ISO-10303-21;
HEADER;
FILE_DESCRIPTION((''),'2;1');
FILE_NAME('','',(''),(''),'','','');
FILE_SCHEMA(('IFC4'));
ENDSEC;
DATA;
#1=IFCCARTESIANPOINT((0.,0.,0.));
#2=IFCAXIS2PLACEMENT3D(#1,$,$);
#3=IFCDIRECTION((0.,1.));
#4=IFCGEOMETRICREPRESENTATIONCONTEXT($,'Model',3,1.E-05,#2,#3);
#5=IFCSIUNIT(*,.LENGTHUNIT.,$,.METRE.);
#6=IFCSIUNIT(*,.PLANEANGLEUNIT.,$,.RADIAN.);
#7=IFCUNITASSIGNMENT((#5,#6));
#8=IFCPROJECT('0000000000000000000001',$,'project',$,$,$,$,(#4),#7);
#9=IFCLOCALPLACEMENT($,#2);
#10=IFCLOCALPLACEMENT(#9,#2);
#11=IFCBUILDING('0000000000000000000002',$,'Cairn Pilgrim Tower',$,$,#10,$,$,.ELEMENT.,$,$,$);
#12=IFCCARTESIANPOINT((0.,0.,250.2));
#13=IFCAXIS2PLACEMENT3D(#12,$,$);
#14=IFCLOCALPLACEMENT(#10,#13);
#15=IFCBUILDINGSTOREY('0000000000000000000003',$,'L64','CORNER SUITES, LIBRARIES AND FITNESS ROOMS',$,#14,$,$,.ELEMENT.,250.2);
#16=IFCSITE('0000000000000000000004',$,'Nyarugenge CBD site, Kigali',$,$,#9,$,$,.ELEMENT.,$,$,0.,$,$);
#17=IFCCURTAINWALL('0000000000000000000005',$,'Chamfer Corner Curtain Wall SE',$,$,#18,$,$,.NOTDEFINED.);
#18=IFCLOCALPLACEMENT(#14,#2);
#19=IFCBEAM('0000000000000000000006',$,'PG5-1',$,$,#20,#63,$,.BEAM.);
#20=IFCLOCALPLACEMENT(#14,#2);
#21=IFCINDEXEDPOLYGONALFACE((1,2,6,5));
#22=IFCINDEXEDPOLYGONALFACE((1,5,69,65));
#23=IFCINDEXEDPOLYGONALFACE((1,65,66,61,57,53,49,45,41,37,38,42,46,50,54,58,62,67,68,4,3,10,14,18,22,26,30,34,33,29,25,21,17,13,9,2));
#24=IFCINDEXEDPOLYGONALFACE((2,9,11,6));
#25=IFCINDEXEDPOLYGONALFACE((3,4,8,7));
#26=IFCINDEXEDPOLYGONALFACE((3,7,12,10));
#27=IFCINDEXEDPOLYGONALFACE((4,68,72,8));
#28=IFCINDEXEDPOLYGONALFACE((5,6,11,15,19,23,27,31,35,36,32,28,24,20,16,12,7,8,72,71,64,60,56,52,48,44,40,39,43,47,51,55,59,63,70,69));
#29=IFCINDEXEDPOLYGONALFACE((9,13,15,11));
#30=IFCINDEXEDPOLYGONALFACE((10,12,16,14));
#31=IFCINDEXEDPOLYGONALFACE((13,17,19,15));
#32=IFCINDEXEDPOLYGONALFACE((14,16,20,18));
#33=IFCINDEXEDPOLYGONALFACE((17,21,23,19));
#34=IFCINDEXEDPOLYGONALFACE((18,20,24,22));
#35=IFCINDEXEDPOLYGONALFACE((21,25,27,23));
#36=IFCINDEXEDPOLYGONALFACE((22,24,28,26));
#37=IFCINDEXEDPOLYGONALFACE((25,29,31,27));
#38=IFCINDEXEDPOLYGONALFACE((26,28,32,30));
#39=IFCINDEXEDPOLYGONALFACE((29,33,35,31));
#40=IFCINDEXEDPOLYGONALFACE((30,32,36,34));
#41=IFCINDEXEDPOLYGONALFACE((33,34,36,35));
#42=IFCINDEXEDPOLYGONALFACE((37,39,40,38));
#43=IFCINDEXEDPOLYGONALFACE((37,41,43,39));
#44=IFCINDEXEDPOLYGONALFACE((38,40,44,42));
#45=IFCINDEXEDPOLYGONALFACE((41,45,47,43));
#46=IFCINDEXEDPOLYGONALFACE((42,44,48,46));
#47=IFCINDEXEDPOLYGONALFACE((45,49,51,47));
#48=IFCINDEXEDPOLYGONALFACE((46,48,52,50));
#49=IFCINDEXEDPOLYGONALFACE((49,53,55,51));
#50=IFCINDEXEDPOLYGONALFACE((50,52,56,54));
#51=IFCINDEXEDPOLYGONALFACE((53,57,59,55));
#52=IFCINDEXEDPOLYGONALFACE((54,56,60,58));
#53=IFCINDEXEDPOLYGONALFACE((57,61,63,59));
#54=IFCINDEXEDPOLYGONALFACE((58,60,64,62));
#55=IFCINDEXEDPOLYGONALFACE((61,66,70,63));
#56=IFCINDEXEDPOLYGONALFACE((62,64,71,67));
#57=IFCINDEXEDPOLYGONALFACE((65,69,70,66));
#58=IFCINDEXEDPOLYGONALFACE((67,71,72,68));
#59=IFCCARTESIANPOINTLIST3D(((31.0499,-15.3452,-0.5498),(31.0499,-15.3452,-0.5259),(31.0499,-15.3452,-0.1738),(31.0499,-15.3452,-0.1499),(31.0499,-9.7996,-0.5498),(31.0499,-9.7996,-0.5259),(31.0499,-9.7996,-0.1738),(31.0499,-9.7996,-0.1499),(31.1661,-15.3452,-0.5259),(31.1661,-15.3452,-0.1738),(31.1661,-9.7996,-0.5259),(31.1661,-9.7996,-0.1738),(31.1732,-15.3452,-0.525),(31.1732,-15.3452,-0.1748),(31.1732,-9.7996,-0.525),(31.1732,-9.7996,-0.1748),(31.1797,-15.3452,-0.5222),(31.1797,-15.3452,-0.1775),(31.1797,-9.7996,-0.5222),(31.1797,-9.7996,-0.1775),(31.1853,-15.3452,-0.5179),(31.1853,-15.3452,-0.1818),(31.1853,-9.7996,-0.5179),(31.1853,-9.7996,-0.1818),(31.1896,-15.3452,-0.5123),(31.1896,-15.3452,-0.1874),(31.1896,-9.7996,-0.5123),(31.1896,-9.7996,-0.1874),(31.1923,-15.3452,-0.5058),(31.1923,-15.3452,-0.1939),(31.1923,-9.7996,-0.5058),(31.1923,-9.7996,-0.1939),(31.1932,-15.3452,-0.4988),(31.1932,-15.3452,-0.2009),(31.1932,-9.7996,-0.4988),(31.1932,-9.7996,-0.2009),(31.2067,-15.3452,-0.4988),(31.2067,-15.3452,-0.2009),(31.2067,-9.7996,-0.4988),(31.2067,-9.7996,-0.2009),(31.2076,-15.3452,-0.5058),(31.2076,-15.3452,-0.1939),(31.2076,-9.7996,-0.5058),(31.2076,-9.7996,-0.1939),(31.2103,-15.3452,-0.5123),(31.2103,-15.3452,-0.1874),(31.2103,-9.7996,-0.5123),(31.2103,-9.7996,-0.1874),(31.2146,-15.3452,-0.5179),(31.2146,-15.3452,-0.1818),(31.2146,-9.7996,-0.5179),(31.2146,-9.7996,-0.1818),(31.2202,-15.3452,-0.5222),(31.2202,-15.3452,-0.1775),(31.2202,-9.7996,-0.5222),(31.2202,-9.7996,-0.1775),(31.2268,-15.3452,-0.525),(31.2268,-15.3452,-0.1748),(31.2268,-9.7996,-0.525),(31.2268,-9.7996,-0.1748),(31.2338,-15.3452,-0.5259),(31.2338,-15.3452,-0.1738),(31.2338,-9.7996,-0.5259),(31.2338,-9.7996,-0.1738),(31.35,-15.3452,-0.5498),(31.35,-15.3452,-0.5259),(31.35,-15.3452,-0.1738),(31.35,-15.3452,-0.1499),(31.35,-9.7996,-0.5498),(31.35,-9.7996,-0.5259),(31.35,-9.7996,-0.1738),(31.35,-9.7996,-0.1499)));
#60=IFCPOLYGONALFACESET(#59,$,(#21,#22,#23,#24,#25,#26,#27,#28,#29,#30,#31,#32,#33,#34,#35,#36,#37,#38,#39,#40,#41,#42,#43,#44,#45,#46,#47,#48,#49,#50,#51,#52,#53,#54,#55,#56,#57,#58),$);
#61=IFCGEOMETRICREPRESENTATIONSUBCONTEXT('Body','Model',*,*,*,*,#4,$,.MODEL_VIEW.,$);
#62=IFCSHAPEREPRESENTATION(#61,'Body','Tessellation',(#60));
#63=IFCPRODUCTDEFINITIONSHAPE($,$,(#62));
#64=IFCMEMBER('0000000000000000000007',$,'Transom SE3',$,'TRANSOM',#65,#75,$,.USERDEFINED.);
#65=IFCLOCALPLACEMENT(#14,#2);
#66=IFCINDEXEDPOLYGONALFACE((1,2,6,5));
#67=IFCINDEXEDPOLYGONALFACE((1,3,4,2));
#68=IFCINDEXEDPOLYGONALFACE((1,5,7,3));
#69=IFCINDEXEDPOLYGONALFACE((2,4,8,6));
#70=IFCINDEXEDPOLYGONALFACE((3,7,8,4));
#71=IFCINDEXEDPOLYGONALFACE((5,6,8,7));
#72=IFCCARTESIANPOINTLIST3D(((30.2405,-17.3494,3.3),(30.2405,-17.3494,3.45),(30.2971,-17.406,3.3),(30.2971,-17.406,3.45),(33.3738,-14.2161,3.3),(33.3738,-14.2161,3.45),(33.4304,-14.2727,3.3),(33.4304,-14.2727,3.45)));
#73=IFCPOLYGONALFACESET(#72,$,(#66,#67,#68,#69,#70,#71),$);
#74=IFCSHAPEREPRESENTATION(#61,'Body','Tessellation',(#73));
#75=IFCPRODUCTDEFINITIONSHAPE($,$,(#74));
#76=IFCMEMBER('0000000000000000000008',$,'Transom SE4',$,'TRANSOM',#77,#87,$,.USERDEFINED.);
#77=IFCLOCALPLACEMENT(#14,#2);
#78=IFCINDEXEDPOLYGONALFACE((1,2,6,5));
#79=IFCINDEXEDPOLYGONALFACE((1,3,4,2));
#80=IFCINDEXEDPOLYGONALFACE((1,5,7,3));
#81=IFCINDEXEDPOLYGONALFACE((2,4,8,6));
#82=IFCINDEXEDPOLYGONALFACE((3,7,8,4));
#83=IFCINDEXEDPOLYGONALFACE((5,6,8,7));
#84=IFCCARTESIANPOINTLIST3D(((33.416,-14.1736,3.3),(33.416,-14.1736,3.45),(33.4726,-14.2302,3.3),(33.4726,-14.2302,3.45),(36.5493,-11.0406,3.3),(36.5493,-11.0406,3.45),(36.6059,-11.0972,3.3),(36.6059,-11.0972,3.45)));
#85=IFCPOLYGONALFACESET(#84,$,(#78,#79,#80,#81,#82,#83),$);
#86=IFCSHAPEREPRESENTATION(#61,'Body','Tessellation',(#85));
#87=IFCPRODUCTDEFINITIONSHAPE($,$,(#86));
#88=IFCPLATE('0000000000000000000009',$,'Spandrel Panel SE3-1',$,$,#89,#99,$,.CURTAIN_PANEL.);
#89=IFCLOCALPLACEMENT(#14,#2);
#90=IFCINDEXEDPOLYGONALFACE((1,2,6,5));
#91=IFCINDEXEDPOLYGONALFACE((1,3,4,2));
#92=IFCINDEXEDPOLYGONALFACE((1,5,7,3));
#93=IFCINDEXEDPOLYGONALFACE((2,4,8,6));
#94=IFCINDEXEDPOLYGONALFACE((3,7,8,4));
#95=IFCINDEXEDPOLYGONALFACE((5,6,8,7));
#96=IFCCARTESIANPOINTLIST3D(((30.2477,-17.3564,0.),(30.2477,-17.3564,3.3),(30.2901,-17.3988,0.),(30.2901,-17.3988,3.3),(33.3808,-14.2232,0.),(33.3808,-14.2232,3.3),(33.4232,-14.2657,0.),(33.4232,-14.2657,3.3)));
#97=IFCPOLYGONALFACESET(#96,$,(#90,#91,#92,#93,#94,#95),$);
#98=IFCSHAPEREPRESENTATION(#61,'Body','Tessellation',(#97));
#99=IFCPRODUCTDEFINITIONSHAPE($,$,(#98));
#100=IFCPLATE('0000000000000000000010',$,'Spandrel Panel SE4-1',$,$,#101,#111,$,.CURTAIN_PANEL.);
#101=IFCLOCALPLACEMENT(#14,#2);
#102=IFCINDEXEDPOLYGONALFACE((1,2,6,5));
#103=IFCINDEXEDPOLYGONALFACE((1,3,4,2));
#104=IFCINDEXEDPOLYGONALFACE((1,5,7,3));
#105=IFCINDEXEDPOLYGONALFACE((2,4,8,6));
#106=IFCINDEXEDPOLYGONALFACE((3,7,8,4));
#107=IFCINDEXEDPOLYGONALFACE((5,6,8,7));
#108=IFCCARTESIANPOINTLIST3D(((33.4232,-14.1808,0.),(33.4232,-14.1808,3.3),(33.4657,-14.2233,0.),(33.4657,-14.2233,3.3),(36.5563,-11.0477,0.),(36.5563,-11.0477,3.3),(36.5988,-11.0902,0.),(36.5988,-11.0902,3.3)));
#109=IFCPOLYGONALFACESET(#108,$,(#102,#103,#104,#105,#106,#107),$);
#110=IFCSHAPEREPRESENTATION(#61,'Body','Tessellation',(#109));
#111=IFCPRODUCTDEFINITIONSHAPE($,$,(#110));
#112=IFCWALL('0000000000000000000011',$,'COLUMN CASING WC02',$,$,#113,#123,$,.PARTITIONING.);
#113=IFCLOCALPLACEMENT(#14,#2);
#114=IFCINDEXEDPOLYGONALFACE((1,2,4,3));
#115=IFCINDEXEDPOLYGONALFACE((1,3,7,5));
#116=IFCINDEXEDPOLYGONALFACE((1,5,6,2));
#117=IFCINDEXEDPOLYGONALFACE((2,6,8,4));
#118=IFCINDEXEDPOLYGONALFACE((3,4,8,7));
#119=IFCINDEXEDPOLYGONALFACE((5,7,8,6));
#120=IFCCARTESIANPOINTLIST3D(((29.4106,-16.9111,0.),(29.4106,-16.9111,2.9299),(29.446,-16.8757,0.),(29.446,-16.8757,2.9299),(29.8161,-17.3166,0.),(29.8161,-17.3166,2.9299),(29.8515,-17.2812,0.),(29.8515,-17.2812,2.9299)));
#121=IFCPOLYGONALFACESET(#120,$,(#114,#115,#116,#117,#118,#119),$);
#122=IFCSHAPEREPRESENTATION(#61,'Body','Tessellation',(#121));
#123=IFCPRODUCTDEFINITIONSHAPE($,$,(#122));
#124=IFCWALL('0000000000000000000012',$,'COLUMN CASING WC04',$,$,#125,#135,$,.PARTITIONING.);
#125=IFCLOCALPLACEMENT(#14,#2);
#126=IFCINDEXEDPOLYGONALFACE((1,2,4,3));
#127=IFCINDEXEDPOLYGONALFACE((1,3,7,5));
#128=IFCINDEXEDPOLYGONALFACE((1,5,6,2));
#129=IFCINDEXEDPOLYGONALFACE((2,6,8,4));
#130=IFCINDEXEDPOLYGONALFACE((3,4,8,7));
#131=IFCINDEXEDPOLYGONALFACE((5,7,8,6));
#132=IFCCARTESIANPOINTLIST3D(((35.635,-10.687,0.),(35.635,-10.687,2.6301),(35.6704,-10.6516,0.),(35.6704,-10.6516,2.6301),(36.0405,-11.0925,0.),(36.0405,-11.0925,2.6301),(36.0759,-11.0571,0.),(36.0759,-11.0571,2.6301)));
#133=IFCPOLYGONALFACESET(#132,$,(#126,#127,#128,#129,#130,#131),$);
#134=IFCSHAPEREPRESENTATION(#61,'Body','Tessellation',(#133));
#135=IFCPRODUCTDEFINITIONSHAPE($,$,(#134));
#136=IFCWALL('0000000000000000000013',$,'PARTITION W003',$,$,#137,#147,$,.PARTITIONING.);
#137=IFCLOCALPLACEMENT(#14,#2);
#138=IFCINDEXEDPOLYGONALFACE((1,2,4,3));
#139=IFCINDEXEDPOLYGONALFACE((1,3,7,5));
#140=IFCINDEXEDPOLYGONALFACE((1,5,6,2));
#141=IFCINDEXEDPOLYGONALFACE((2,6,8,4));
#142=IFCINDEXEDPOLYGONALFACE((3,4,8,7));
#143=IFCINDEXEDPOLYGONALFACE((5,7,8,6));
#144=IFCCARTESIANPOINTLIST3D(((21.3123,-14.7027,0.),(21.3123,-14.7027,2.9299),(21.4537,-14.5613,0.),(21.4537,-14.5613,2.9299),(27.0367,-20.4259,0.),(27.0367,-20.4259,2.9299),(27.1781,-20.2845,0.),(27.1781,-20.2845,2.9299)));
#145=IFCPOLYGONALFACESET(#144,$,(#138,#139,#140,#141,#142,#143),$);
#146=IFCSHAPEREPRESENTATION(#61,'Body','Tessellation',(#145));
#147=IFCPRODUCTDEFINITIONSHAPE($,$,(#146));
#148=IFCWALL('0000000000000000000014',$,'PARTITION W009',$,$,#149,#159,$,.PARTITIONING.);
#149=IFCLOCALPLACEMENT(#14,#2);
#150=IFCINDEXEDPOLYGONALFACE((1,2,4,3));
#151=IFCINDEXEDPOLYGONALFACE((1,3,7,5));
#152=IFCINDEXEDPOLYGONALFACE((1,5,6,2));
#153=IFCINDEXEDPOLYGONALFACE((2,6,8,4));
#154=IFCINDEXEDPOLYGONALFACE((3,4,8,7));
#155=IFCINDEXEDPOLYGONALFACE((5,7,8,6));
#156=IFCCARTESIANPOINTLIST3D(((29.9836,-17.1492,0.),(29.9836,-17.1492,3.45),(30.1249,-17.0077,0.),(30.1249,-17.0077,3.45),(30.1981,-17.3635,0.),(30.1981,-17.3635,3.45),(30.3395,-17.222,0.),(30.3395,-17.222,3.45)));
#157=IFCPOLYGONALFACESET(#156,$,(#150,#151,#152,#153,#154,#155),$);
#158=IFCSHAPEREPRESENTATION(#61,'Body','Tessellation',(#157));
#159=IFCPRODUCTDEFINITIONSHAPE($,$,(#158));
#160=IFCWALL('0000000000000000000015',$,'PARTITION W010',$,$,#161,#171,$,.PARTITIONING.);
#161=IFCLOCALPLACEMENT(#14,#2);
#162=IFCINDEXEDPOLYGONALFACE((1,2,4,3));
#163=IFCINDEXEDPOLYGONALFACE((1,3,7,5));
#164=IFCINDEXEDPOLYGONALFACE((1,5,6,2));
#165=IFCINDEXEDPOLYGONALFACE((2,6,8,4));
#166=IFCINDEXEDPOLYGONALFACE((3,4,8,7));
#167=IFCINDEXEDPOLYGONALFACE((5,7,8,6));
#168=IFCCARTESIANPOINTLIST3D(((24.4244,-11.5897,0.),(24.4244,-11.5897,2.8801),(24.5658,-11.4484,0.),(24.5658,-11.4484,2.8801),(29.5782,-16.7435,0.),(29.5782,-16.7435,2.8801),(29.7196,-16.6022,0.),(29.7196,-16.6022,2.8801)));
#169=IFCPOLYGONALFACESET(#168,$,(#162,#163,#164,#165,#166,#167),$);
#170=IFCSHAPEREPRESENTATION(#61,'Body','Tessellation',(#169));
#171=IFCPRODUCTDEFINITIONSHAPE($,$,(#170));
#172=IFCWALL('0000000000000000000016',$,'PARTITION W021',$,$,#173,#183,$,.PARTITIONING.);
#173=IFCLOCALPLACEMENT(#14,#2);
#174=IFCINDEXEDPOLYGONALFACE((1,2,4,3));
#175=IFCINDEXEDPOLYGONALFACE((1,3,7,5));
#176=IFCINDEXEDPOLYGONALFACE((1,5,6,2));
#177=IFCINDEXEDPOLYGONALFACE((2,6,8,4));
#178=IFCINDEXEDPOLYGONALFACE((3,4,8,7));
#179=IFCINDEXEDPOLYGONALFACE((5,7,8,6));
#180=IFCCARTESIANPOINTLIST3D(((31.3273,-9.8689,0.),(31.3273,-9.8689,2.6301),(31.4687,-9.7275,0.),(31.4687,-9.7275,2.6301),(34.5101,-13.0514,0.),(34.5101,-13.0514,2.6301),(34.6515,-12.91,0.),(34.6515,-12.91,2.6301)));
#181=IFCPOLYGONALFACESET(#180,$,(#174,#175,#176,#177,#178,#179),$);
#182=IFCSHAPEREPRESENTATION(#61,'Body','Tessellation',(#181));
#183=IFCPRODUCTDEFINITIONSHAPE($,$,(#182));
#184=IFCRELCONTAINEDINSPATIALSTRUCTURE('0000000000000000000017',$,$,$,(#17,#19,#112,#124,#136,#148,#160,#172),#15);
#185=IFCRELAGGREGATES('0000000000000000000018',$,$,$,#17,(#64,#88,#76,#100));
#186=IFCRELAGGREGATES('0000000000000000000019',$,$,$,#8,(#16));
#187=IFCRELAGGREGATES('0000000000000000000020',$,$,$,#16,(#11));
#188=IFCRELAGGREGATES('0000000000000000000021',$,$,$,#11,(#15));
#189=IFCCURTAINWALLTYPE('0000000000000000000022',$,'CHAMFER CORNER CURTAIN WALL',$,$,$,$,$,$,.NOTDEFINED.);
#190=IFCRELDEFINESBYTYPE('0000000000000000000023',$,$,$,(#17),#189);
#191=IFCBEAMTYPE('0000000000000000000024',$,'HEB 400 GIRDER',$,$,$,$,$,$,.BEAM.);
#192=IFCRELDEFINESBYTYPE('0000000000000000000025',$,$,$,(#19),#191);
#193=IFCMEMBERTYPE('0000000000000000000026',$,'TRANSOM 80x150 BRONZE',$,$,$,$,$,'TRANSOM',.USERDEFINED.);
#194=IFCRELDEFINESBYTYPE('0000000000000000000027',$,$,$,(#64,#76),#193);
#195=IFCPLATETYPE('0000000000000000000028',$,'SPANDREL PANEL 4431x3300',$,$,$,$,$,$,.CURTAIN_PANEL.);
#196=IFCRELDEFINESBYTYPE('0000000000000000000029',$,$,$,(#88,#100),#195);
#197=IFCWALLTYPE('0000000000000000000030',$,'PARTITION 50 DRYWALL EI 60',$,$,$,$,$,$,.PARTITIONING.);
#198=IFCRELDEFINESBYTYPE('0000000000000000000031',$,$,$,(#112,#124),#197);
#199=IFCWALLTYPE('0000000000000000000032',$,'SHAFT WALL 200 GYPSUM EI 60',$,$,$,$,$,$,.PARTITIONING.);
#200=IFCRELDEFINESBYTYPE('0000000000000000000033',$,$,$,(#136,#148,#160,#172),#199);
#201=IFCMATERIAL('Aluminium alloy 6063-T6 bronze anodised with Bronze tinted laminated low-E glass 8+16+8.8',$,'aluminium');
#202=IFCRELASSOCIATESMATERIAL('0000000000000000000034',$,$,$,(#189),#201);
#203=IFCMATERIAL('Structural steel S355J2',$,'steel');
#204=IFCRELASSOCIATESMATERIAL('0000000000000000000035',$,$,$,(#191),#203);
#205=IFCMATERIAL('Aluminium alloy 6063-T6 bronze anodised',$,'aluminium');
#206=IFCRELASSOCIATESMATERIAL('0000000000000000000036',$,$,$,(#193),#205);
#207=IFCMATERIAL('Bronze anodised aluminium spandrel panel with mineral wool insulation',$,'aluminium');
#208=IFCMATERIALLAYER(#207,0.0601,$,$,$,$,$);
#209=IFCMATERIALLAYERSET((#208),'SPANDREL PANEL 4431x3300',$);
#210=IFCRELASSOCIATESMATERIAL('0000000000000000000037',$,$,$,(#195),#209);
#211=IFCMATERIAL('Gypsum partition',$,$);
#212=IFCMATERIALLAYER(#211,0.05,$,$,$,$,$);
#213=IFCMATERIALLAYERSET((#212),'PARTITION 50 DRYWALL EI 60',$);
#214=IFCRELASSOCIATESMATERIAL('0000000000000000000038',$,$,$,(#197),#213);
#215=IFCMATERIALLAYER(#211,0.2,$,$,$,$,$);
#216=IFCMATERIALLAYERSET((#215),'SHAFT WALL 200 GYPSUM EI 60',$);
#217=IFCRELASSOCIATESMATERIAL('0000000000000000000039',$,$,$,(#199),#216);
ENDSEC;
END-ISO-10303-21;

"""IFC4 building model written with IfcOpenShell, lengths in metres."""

from ifc_helpers import new_model, si_unit, direction, frame, frame_2d, origin, origin_2d, place, context, subcontext, project, spatial, rectangle, i_section, extrude, material, layer, layer_set, material_profile, profile_set, type_object, element, aggregate, save


model = new_model("IFC4")

# Units and contexts
model_context = context("Model", 3, precision=1e-05, world=origin(), true_north=direction((0.0, 1.0)))
body_context = subcontext(model_context, "Body", "Model", "MODEL_VIEW")
ifc_project = project(units=[si_unit("LENGTHUNIT", "METRE"), si_unit("PLANEANGLEUNIT", "RADIAN")], contexts=[model_context])

# Site, building, storey
site_placement = place(None, origin())
site = spatial("IfcSite", under=ifc_project, at=site_placement, Name="Nyarugenge CBD site, Kigali", CompositionType="ELEMENT", RefElevation=0.0)
building_placement = place(site_placement, origin())
building = spatial("IfcBuilding", under=site, at=building_placement, Name="Cairn Pilgrim Tower", CompositionType="ELEMENT")
storey_placement = place(building_placement, frame((0.0, 0.0, 250.2)))
storey = spatial("IfcBuildingStorey", under=building, at=storey_placement, Name="L64", Description="CORNER SUITES, LIBRARIES AND FITNESS ROOMS", CompositionType="ELEMENT", Elevation=250.2)

# Shared definitions
ifc_material_1 = material(Name="Structural steel S355J2", Category="steel")

# Curtain wall
ifc_material_2 = material(Name="Aluminium alloy 6063-T6 bronze anodised with Bronze tinted laminated low-E glass 8+16+8.8", Category="aluminium")
curtain_wall_type = type_object("IfcCurtainWallType", Name="CHAMFER CORNER CURTAIN WALL", PredefinedType="NOTDEFINED", material=ifc_material_2)
curtain_wall_placement = place(storey_placement, origin())
curtain_wall = element("IfcCurtainWall", 1, at=curtain_wall_placement, inside=storey, type_object=curtain_wall_type, Name="Chamfer Corner Curtain Wall SE", PredefinedType="NOTDEFINED")
ifc_material_3 = material(Name="Aluminium alloy 6063-T6 bronze anodised", Category="aluminium")

# Beam
ifc_material_profile_1 = material_profile(ifc_material_1, i_section(OverallWidth=0.3, OverallDepth=0.3999, WebThickness=0.0134, FlangeThickness=0.0239, FilletRadius=0.0271, at=origin_2d()), Name="HEB 400")
ifc_profile_set_1 = profile_set([ifc_material_profile_1], Name="Structural steel S355J2")
beam_type_1 = type_object("IfcBeamType", Name="HEB 400 GIRDER", PredefinedType="BEAM", material=ifc_profile_set_1)
beam_placement = place(storey_placement, frame((31.2, -15.3452, -0.3499), z_axis=(0.0, 1.0, 0.0), x_axis=(-1.0, 0.0, 0.0)))
element("IfcBeam", 2, at=beam_placement, inside=storey, type_object=beam_type_1, Name="PG5-1", PredefinedType="BEAM", context=body_context, shape_type="SweptSolid", body=[
    extrude(i_section(OverallWidth=0.3, OverallDepth=0.3999, WebThickness=0.0134, FlangeThickness=0.0239, FilletRadius=0.0271, at=origin_2d()), origin(), (0.0, 0.0, 1.0), 5.5457),
])

# Members
ifc_material_profile_2 = material_profile(ifc_material_3, rectangle(XDim=0.0801, YDim=0.1499, at=origin_2d()), Name="TRANSOM 80x150 BRONZE")
ifc_profile_set_2 = profile_set([ifc_material_profile_2], Name="Aluminium alloy 6063-T6 bronze anodised")
member_type_1 = type_object("IfcMemberType", Name="TRANSOM 80x150 BRONZE", ElementType="TRANSOM", PredefinedType="USERDEFINED", material=ifc_profile_set_2)
member_1_placement = place(storey_placement, frame((30.2688, -17.3777, 3.375), z_axis=(0.707107, 0.707107, 0.0), x_axis=(-0.707107, 0.707107, 0.0)))
member_1 = element("IfcMember", 3, at=member_1_placement, type_object=member_type_1, Name="Transom SE3", ObjectType="TRANSOM", PredefinedType="USERDEFINED", context=body_context, shape_type="SweptSolid", body=[
    extrude(rectangle(XDim=0.0801, YDim=0.1499, at=origin_2d()), origin(), (0.0, 0.0, 1.0), 4.4312),
])
member_2_placement = place(storey_placement, frame((33.4443, -14.2019, 3.375), z_axis=(0.707134, 0.707079, 0.0), x_axis=(-0.707079, 0.707134, 0.0)))
member_2 = element("IfcMember", 4, at=member_2_placement, type_object=member_type_1, Name="Transom SE4", ObjectType="TRANSOM", PredefinedType="USERDEFINED", context=body_context, shape_type="SweptSolid", body=[
    extrude(rectangle(XDim=0.0801, YDim=0.1499, at=origin_2d()), origin(), (0.0, 0.0, 1.0), 4.4309),
])

# Plates
ifc_material_4 = material(Name="Bronze anodised aluminium spandrel panel with mineral wool insulation", Category="aluminium")
ifc_layer_1 = layer(ifc_material_4, 0.0601)
ifc_layer_set_1 = layer_set([ifc_layer_1], Name="SPANDREL PANEL 4431x3300")
plate_type = type_object("IfcPlateType", Name="SPANDREL PANEL 4431x3300", PredefinedType="CURTAIN_PANEL", material=ifc_layer_set_1)
plate_1_placement = place(storey_placement, frame((31.8354, -15.811, 0.0), z_axis=(0.0, 0.0, 1.0), x_axis=(0.707107, 0.707107, 0.0)))
plate_1 = element("IfcPlate", 5, at=plate_1_placement, type_object=plate_type, Name="Spandrel Panel SE3-1", PredefinedType="CURTAIN_PANEL", context=body_context, shape_type="SweptSolid", body=[
    extrude(rectangle(XDim=4.4309, YDim=0.0601, at=origin_2d()), origin(), (0.0, 0.0, 1.0), 3.3),
])
plate_2_placement = place(storey_placement, frame((35.011, -12.6355, 0.0), z_axis=(0.0, 0.0, 1.0), x_axis=(0.707107, 0.707107, 0.0)))
plate_2 = element("IfcPlate", 6, at=plate_2_placement, type_object=plate_type, Name="Spandrel Panel SE4-1", PredefinedType="CURTAIN_PANEL", context=body_context, shape_type="SweptSolid", body=[
    extrude(rectangle(XDim=4.4309, YDim=0.0601, at=origin_2d()), origin(), (0.0, 0.0, 1.0), 3.3),
])
aggregate(curtain_wall, [member_1, plate_1, member_2, plate_2])

# Walls
ifc_material_5 = material(Name="Gypsum partition")
ifc_layer_2 = layer(ifc_material_5, 0.05)
ifc_layer_set_2 = layer_set([ifc_layer_2], Name="PARTITION 50 DRYWALL EI 60")
wall_type_1 = type_object("IfcWallType", Name="PARTITION 50 DRYWALL EI 60", PredefinedType="PARTITIONING", material=ifc_layer_set_2)
wall_1_placement = place(storey_placement, frame((29.8337, -17.2988, 0.0), z_axis=(0.0, 0.0, 1.0), x_axis=(-0.707107, 0.707107, 0.0)))
element("IfcWall", 7, at=wall_1_placement, inside=storey, type_object=wall_type_1, Name="COLUMN CASING WC02", PredefinedType="PARTITIONING", context=body_context, shape_type="SweptSolid", body=[
    extrude(rectangle(XDim=0.5735, YDim=0.05, at=frame_2d((0.2866, 0.0))), origin(), (0.0, 0.0, 1.0), 2.9299),
])
wall_2_placement = place(storey_placement, frame((36.0581, -11.0747, 0.0), z_axis=(0.0, 0.0, 1.0), x_axis=(-0.707107, 0.707107, 0.0)))
element("IfcWall", 8, at=wall_2_placement, inside=storey, type_object=wall_type_1, Name="COLUMN CASING WC04", PredefinedType="PARTITIONING", context=body_context, shape_type="SweptSolid", body=[
    extrude(rectangle(XDim=0.5735, YDim=0.05, at=frame_2d((0.2866, 0.0))), origin(), (0.0, 0.0, 1.0), 2.6301),
])
ifc_layer_3 = layer(ifc_material_5, 0.2)
ifc_layer_set_3 = layer_set([ifc_layer_3], Name="SHAFT WALL 200 GYPSUM EI 60")
wall_type_2 = type_object("IfcWallType", Name="SHAFT WALL 200 GYPSUM EI 60", PredefinedType="PARTITIONING", material=ifc_layer_set_3)
wall_3_placement = place(storey_placement, frame((27.1074, -20.3552, 0.0), z_axis=(0.0, 0.0, 1.0), x_axis=(-0.707182, 0.707031, 0.0)))
element("IfcWall", 9, at=wall_3_placement, inside=storey, type_object=wall_type_2, Name="PARTITION W003", PredefinedType="PARTITIONING", context=body_context, shape_type="SweptSolid", body=[
    extrude(rectangle(XDim=8.0947, YDim=0.2, at=frame_2d((4.0474, 0.0))), origin(), (0.0, 0.0, 1.0), 2.9299),
])
wall_4_placement = place(storey_placement, frame((30.2688, -17.2927, 0.0), z_axis=(0.0, 0.0, 1.0), x_axis=(-0.707509, 0.706704, 0.0)))
element("IfcWall", 10, at=wall_4_placement, inside=storey, type_object=wall_type_2, Name="PARTITION W009", PredefinedType="PARTITIONING", context=body_context, shape_type="SweptSolid", body=[
    extrude(rectangle(XDim=0.3032, YDim=0.2, at=frame_2d((0.1516, 0.0))), origin(), (0.0, 0.0, 1.0), 3.45),
])
wall_5_placement = place(storey_placement, frame((29.6489, -16.6729, 0.0), z_axis=(0.0, 0.0, 1.0), x_axis=(-0.707107, 0.707107, 0.0)))
element("IfcWall", 11, at=wall_5_placement, inside=storey, type_object=wall_type_2, Name="PARTITION W010", PredefinedType="PARTITIONING", context=body_context, shape_type="SweptSolid", body=[
    extrude(rectangle(XDim=7.2886, YDim=0.2, at=frame_2d((3.6443, 0.0))), origin(), (0.0, 0.0, 1.0), 2.8801),
])
wall_6_placement = place(storey_placement, frame((34.5808, -12.9807, 0.0), z_axis=(0.0, 0.0, 1.0), x_axis=(-0.707134, 0.70708, 0.0)))
element("IfcWall", 12, at=wall_6_placement, inside=storey, type_object=wall_type_2, Name="PARTITION W021", PredefinedType="PARTITIONING", context=body_context, shape_type="SweptSolid", body=[
    extrude(rectangle(XDim=4.501, YDim=0.2, at=frame_2d((2.2505, 0.0))), origin(), (0.0, 0.0, 1.0), 2.6301),
])

save(model, "model.ifc")
